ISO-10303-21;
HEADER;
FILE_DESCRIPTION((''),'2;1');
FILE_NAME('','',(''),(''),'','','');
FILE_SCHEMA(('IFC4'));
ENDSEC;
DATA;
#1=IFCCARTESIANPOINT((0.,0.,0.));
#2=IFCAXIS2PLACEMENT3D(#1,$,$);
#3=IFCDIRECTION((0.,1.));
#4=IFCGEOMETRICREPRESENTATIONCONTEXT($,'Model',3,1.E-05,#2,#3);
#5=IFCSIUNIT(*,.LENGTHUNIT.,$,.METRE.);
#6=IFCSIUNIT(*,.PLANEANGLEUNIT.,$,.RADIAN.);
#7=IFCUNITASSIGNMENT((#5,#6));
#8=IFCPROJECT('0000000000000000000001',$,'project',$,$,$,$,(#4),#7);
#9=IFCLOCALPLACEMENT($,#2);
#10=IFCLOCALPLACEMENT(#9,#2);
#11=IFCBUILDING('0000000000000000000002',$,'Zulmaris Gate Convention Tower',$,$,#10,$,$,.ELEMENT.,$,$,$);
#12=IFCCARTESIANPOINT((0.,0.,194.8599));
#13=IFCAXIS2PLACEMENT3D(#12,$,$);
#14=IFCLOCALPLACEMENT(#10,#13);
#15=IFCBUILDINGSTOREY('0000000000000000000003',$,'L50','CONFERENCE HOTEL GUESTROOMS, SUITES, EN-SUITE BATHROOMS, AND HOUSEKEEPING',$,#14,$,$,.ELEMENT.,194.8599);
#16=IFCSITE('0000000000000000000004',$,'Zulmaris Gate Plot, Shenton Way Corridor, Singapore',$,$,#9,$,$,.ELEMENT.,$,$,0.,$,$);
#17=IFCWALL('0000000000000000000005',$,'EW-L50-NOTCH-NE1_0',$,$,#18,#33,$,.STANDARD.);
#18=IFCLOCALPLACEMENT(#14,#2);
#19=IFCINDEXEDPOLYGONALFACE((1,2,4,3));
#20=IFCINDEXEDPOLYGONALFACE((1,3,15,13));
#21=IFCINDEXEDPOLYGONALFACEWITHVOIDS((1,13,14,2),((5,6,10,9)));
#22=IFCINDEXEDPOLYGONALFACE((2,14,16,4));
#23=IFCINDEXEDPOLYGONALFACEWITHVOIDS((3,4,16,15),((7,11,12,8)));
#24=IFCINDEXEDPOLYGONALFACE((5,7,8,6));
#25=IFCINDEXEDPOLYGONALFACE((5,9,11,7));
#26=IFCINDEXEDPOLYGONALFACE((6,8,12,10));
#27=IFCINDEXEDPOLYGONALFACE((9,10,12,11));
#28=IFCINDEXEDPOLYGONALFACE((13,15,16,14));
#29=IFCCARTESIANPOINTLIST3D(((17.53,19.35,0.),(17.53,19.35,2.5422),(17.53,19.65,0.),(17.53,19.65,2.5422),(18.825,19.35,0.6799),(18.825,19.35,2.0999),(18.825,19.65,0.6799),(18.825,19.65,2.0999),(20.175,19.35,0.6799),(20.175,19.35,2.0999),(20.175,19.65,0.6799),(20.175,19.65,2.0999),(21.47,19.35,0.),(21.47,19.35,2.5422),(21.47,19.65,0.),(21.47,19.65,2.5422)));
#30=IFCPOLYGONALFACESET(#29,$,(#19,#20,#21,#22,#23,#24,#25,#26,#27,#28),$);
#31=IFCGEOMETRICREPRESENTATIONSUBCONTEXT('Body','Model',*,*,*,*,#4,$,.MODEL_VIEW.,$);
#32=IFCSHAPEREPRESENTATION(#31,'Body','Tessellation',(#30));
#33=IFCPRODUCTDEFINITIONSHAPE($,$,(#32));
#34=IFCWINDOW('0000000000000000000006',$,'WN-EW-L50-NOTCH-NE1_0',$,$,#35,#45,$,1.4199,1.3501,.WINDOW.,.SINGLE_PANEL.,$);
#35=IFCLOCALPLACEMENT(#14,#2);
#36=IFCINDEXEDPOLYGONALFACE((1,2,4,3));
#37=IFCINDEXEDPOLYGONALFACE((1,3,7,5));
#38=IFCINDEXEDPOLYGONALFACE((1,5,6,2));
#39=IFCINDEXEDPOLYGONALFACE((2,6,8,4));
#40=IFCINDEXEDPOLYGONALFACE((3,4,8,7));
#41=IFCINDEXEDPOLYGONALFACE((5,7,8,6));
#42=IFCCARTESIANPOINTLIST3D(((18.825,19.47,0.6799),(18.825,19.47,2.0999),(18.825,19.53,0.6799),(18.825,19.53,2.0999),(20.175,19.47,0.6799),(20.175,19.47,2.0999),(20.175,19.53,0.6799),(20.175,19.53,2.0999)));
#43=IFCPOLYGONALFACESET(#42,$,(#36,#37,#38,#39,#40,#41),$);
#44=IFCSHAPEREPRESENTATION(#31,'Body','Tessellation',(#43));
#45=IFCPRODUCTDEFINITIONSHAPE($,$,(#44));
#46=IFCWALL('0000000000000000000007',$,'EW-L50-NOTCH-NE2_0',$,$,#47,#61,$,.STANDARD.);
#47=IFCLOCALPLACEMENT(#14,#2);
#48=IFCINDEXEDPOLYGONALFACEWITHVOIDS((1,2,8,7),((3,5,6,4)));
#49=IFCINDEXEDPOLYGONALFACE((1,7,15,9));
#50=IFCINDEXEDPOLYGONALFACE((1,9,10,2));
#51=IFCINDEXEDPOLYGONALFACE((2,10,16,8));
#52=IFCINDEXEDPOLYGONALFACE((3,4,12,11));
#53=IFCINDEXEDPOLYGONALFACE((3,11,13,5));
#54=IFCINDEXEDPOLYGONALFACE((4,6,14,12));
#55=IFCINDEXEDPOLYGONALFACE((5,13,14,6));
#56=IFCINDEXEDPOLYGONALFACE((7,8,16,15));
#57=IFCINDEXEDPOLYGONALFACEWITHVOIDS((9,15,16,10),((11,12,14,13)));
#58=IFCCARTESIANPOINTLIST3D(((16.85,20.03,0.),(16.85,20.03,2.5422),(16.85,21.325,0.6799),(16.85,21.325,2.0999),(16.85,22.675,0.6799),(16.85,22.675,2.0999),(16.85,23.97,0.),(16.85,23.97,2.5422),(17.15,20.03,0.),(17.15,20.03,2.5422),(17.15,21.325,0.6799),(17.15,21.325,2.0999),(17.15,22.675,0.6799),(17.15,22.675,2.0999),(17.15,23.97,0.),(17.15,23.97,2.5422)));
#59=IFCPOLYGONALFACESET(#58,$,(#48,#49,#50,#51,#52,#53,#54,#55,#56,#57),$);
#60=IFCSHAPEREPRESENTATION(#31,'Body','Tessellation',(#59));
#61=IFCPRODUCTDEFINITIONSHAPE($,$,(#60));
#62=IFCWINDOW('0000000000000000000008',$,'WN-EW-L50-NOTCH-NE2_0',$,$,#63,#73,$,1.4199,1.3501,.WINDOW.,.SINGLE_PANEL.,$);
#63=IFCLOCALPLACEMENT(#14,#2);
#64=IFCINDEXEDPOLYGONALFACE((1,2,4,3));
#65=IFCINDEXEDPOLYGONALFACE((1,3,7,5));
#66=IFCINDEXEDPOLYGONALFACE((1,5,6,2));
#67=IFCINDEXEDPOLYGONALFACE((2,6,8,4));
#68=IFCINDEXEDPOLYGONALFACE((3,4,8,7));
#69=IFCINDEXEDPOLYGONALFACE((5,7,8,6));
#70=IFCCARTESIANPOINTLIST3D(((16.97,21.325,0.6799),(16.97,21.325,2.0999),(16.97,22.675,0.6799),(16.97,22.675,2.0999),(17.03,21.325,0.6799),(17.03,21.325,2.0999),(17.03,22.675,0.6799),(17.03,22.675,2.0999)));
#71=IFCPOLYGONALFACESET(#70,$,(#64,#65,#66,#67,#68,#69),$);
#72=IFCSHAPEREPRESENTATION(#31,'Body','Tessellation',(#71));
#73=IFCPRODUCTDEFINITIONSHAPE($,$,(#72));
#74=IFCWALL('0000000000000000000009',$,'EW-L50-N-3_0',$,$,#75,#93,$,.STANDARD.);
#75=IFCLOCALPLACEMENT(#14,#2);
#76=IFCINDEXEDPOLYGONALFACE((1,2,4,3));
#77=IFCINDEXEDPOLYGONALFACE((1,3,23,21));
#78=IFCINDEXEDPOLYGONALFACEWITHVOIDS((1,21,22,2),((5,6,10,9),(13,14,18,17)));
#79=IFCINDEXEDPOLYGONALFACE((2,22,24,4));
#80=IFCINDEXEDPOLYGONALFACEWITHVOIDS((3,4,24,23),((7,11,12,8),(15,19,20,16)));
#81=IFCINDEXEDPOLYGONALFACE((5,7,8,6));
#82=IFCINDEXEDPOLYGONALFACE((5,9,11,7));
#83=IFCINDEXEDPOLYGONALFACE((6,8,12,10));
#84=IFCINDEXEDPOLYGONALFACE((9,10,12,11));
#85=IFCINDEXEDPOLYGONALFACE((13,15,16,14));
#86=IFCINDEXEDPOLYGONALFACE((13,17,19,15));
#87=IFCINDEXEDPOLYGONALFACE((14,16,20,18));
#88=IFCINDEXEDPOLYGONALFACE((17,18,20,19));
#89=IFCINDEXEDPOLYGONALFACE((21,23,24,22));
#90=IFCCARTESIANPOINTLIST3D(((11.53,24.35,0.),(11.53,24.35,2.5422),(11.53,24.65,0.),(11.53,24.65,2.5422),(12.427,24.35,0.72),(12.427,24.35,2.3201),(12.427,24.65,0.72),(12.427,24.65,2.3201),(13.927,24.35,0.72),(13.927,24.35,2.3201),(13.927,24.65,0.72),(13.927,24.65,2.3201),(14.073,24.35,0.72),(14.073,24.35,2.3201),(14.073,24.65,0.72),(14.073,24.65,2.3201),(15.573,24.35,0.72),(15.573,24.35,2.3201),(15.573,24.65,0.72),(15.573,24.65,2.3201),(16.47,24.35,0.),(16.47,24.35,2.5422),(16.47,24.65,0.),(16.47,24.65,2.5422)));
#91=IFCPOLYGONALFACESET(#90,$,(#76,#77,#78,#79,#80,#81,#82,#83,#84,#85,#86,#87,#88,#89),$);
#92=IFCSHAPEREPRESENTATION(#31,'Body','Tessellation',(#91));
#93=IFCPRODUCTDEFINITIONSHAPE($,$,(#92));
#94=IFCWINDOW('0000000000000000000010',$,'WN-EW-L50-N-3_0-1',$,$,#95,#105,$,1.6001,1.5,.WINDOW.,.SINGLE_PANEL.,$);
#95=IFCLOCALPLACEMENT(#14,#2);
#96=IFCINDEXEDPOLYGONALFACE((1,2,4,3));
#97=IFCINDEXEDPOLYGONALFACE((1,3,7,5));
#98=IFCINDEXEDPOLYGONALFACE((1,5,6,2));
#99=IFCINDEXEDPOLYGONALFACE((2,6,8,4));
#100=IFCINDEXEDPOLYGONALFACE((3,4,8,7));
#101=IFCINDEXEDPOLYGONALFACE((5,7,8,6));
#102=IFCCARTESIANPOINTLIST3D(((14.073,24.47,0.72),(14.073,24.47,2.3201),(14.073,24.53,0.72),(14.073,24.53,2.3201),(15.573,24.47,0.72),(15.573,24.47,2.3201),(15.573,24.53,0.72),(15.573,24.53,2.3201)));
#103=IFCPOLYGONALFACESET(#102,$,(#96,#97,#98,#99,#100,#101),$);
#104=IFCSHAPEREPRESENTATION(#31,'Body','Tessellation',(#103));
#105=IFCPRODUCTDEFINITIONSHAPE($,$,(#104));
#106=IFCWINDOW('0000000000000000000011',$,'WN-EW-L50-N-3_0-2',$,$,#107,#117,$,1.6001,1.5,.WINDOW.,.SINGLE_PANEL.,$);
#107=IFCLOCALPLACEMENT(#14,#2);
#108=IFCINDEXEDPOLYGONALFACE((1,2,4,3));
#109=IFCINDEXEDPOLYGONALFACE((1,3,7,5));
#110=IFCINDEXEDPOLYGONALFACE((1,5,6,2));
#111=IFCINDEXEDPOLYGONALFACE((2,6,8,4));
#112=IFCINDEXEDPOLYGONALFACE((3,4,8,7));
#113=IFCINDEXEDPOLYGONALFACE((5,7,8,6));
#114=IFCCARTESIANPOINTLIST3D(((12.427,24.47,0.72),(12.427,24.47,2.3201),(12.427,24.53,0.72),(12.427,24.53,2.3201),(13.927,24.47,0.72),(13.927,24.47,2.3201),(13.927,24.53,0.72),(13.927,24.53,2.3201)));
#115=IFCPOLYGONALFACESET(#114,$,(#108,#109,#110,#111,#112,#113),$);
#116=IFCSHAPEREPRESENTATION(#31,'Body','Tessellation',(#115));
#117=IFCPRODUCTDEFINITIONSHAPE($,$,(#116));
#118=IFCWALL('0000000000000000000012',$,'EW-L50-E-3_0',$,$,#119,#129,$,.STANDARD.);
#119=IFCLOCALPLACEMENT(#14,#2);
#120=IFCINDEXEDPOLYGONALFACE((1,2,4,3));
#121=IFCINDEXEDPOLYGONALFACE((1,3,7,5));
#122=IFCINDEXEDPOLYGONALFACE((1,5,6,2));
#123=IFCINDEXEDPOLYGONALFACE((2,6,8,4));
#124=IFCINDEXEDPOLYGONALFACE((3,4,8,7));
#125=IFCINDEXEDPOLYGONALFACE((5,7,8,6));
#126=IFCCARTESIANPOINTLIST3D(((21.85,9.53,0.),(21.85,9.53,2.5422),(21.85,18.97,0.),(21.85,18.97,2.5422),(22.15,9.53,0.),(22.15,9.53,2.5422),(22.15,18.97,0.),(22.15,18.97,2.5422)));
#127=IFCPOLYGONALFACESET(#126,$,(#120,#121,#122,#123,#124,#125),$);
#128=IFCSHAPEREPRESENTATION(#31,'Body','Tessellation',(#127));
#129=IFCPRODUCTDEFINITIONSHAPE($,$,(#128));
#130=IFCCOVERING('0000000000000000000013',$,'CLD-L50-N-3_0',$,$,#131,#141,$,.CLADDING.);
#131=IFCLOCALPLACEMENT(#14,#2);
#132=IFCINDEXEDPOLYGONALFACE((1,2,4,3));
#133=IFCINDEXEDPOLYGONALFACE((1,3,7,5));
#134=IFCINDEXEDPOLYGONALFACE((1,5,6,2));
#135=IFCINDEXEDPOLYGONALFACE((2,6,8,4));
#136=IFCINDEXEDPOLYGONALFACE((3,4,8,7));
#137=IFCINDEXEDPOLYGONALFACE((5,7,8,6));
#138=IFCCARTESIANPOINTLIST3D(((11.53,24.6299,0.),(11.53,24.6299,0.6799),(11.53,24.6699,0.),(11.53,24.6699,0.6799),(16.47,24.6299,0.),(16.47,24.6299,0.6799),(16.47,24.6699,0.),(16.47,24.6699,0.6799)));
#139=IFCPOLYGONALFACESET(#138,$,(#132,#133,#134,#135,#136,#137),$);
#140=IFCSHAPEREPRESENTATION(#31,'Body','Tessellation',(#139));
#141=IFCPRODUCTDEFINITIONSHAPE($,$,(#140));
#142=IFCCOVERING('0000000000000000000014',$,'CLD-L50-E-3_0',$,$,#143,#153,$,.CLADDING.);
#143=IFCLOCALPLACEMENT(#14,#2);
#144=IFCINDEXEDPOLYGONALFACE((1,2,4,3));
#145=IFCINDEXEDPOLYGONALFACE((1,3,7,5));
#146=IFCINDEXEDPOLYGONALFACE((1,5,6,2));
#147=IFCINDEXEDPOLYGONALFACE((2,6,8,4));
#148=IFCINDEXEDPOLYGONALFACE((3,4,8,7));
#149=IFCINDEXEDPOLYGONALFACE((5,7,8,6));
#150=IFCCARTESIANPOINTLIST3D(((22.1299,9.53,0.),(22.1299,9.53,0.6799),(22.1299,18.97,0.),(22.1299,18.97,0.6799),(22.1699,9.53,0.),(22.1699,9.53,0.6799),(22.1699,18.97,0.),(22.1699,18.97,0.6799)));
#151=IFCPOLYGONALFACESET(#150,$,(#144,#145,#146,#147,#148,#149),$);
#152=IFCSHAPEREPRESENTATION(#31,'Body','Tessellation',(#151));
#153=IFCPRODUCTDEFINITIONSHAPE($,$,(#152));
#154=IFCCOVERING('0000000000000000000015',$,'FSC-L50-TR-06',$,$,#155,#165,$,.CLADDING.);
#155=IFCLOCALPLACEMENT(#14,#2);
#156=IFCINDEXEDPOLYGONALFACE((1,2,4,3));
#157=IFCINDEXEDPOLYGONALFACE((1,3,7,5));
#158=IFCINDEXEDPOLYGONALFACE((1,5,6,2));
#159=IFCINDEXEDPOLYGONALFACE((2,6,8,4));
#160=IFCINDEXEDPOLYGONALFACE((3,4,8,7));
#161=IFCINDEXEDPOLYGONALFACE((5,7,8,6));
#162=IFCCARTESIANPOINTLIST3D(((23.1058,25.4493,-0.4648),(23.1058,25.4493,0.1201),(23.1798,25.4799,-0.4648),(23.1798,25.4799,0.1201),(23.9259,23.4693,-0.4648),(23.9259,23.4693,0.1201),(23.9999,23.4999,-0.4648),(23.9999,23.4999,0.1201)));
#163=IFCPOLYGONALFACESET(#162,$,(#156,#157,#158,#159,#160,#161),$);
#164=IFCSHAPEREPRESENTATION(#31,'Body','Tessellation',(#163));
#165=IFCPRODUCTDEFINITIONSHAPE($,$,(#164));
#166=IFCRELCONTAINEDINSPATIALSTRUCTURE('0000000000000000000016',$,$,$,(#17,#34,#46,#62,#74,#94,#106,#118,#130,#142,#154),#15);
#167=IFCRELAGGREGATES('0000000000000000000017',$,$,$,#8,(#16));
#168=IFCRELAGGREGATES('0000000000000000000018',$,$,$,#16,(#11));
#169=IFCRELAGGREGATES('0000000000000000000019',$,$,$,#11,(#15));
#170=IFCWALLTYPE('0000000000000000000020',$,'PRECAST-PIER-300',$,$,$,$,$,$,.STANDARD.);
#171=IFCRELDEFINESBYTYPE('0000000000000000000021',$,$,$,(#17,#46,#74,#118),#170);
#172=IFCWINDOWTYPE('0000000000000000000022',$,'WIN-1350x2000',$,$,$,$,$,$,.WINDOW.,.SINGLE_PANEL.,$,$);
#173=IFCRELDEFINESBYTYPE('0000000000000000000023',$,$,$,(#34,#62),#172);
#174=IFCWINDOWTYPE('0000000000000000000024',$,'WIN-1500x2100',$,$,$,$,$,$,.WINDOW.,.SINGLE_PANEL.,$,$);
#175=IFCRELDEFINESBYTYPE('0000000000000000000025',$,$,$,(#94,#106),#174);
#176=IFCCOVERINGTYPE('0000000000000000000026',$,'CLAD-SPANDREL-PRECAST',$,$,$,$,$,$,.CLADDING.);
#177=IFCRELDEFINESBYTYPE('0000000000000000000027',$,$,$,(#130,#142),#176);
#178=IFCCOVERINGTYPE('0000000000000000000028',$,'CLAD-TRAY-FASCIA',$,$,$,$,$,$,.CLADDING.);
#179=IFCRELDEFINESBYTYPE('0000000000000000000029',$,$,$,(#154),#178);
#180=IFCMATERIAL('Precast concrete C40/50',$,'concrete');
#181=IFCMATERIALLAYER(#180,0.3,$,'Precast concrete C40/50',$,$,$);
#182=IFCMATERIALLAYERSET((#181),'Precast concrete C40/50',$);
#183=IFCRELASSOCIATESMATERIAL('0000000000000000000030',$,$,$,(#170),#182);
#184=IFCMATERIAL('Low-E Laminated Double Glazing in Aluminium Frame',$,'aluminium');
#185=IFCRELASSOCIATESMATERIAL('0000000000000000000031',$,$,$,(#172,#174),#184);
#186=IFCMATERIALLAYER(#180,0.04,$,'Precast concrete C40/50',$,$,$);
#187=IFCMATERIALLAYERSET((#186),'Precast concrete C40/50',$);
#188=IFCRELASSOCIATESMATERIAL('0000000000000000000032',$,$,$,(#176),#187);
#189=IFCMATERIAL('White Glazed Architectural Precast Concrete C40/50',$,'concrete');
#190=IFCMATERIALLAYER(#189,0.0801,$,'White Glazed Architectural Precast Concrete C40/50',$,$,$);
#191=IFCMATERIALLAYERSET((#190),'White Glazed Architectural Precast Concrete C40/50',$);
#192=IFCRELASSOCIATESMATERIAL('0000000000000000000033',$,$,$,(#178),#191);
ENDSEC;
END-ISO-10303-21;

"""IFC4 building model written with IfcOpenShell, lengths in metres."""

from ifc_helpers import new_model, si_unit, direction, frame, frame_2d, origin, place, context, subcontext, project, spatial, rectangle, extrude, material, layer, layer_set, type_object, element, fill, save


model = new_model("IFC4")

# Units and contexts
model_context = context("Model", 3, precision=1e-05, world=origin(), true_north=direction((0.0, 1.0)))
body_context = subcontext(model_context, "Body", "Model", "MODEL_VIEW")
ifc_project = project(units=[si_unit("LENGTHUNIT", "METRE"), si_unit("PLANEANGLEUNIT", "RADIAN")], contexts=[model_context])

# Site, building, storey
site_placement = place(None, origin())
site = spatial("IfcSite", under=ifc_project, at=site_placement, Name="Zulmaris Gate Plot, Shenton Way Corridor, Singapore", CompositionType="ELEMENT", RefElevation=0.0)
building_placement = place(site_placement, origin())
building = spatial("IfcBuilding", under=site, at=building_placement, Name="Zulmaris Gate Convention Tower", CompositionType="ELEMENT")
storey_placement = place(building_placement, frame((0.0, 0.0, 194.8599)))
storey = spatial("IfcBuildingStorey", under=building, at=storey_placement, Name="L50", Description="CONFERENCE HOTEL GUESTROOMS, SUITES, EN-SUITE BATHROOMS, AND HOUSEKEEPING", CompositionType="ELEMENT", Elevation=194.8599)

# Walls, openings, windows
ifc_material_1 = material(Name="Precast concrete C40/50", Category="concrete")
ifc_layer_1 = layer(ifc_material_1, 0.3, Name="Precast concrete C40/50")
ifc_layer_set_1 = layer_set([ifc_layer_1], Name="Precast concrete C40/50")
wall_type_1 = type_object("IfcWallType", Name="PRECAST-PIER-300", PredefinedType="STANDARD", material=ifc_layer_set_1)
wall_1_placement = place(storey_placement, frame((21.47, 19.5, 0.0), z_axis=(0.0, 0.0, 1.0), x_axis=(-1.0, 0.0, 0.0)))
wall_1 = element("IfcWall", 1, at=wall_1_placement, inside=storey, type_object=wall_type_1, Name="EW-L50-NOTCH-NE1_0", PredefinedType="STANDARD", context=body_context, shape_type="SweptSolid", body=[
    extrude(rectangle(XDim=3.9399, YDim=0.3, at=frame_2d((1.97, 0.0))), origin(), (0.0, 0.0, 1.0), 2.5422),
])
opening_1_placement = place(wall_1_placement, frame((1.2949, 0.0, 0.6799)))
opening_1 = element("IfcOpeningElement", 2, at=opening_1_placement, cuts=wall_1, PredefinedType="OPENING", context=body_context, shape_type="SweptSolid", body=[
    extrude(rectangle(XDim=1.3501, YDim=1.4199, at=frame_2d((0.675, 0.71))), frame((0.0, 0.1602, 0.0), z_axis=(0.0, -1.0, 0.0), x_axis=(1.0, 0.0, 0.0)), (0.0, 0.0, 1.0), 0.3201),
])
ifc_material_2 = material(Name="Low-E Laminated Double Glazing in Aluminium Frame", Category="aluminium")
window_type_1 = type_object("IfcWindowType", Name="WIN-1350x2000", PartitioningType="SINGLE_PANEL", PredefinedType="WINDOW", material=ifc_material_2)
window_1_placement = place(opening_1_placement, origin())
window_1 = element("IfcWindow", 3, at=window_1_placement, inside=storey, type_object=window_type_1, Name="WN-EW-L50-NOTCH-NE1_0", OverallHeight=1.4199, OverallWidth=1.3501, PartitioningType="SINGLE_PANEL", PredefinedType="WINDOW", context=body_context, shape_type="SweptSolid", body=[
    extrude(rectangle(XDim=1.3501, YDim=1.4199, at=frame_2d((0.675, 0.71))), frame((0.0, 0.03, 0.0), z_axis=(0.0, -1.0, 0.0), x_axis=(1.0, 0.0, 0.0)), (0.0, 0.0, 1.0), 0.0601),
])
fill(opening_1, window_1)
wall_2_placement = place(storey_placement, frame((17.0, 20.03, 0.0), z_axis=(0.0, 0.0, 1.0), x_axis=(0.0, 1.0, 0.0)))
wall_2 = element("IfcWall", 4, at=wall_2_placement, inside=storey, type_object=wall_type_1, Name="EW-L50-NOTCH-NE2_0", PredefinedType="STANDARD", context=body_context, shape_type="SweptSolid", body=[
    extrude(rectangle(XDim=3.9399, YDim=0.3, at=frame_2d((1.97, 0.0))), origin(), (0.0, 0.0, 1.0), 2.5422),
])
opening_2_placement = place(wall_2_placement, frame((1.2949, 0.0, 0.6799)))
opening_2 = element("IfcOpeningElement", 5, at=opening_2_placement, cuts=wall_2, PredefinedType="OPENING", context=body_context, shape_type="SweptSolid", body=[
    extrude(rectangle(XDim=1.3501, YDim=1.4199, at=frame_2d((0.675, 0.71))), frame((0.0, 0.1602, 0.0), z_axis=(0.0, -1.0, 0.0), x_axis=(1.0, 0.0, 0.0)), (0.0, 0.0, 1.0), 0.3201),
])
window_2_placement = place(opening_2_placement, origin())
window_2 = element("IfcWindow", 6, at=window_2_placement, inside=storey, type_object=window_type_1, Name="WN-EW-L50-NOTCH-NE2_0", OverallHeight=1.4199, OverallWidth=1.3501, PartitioningType="SINGLE_PANEL", PredefinedType="WINDOW", context=body_context, shape_type="SweptSolid", body=[
    extrude(rectangle(XDim=1.3501, YDim=1.4199, at=frame_2d((0.675, 0.71))), frame((0.0, 0.03, 0.0), z_axis=(0.0, -1.0, 0.0), x_axis=(1.0, 0.0, 0.0)), (0.0, 0.0, 1.0), 0.0601),
])
fill(opening_2, window_2)

# Wall, openings, windows
wall_3_placement = place(storey_placement, frame((16.47, 24.5, 0.0), z_axis=(0.0, 0.0, 1.0), x_axis=(-1.0, 0.0, 0.0)))
wall_3 = element("IfcWall", 7, at=wall_3_placement, inside=storey, type_object=wall_type_1, Name="EW-L50-N-3_0", PredefinedType="STANDARD", context=body_context, shape_type="SweptSolid", body=[
    extrude(rectangle(XDim=4.9399, YDim=0.3, at=frame_2d((2.47, 0.0))), origin(), (0.0, 0.0, 1.0), 2.5422),
])
opening_3_placement = place(wall_3_placement, frame((0.897, 0.0, 0.72)))
opening_3 = element("IfcOpeningElement", 8, at=opening_3_placement, cuts=wall_3, PredefinedType="OPENING", context=body_context, shape_type="SweptSolid", body=[
    extrude(rectangle(XDim=1.5, YDim=1.6001, at=frame_2d((0.75, 0.8))), frame((0.0, 0.1602, 0.0), z_axis=(0.0, -1.0, 0.0), x_axis=(1.0, 0.0, 0.0)), (0.0, 0.0, 1.0), 0.3201),
])
opening_4_placement = place(wall_3_placement, frame((2.543, 0.0, 0.72)))
opening_4 = element("IfcOpeningElement", 9, at=opening_4_placement, cuts=wall_3, PredefinedType="OPENING", context=body_context, shape_type="SweptSolid", body=[
    extrude(rectangle(XDim=1.5, YDim=1.6001, at=frame_2d((0.75, 0.8))), frame((0.0, 0.1602, 0.0), z_axis=(0.0, -1.0, 0.0), x_axis=(1.0, 0.0, 0.0)), (0.0, 0.0, 1.0), 0.3201),
])
window_type_2 = type_object("IfcWindowType", Name="WIN-1500x2100", PartitioningType="SINGLE_PANEL", PredefinedType="WINDOW", material=ifc_material_2)
window_3_placement = place(opening_3_placement, origin())
window_3 = element("IfcWindow", 10, at=window_3_placement, inside=storey, type_object=window_type_2, Name="WN-EW-L50-N-3_0-1", OverallHeight=1.6001, OverallWidth=1.5, PartitioningType="SINGLE_PANEL", PredefinedType="WINDOW", context=body_context, shape_type="SweptSolid", body=[
    extrude(rectangle(XDim=1.5, YDim=1.6001, at=frame_2d((0.75, 0.8))), frame((0.0, 0.03, 0.0), z_axis=(0.0, -1.0, 0.0), x_axis=(1.0, 0.0, 0.0)), (0.0, 0.0, 1.0), 0.0601),
])
fill(opening_3, window_3)
window_4_placement = place(opening_4_placement, origin())
window_4 = element("IfcWindow", 11, at=window_4_placement, inside=storey, type_object=window_type_2, Name="WN-EW-L50-N-3_0-2", OverallHeight=1.6001, OverallWidth=1.5, PartitioningType="SINGLE_PANEL", PredefinedType="WINDOW", context=body_context, shape_type="SweptSolid", body=[
    extrude(rectangle(XDim=1.5, YDim=1.6001, at=frame_2d((0.75, 0.8))), frame((0.0, 0.03, 0.0), z_axis=(0.0, -1.0, 0.0), x_axis=(1.0, 0.0, 0.0)), (0.0, 0.0, 1.0), 0.0601),
])
fill(opening_4, window_4)

# Wall
wall_4_placement = place(storey_placement, frame((22.0, 9.53, 0.0), z_axis=(0.0, 0.0, 1.0), x_axis=(0.0, 1.0, 0.0)))
element("IfcWall", 12, at=wall_4_placement, inside=storey, type_object=wall_type_1, Name="EW-L50-E-3_0", PredefinedType="STANDARD", context=body_context, shape_type="SweptSolid", body=[
    extrude(rectangle(XDim=9.4399, YDim=0.3, at=frame_2d((4.72, 0.0))), origin(), (0.0, 0.0, 1.0), 2.5422),
])

# Coverings
ifc_layer_2 = layer(ifc_material_1, 0.04, Name="Precast concrete C40/50")
ifc_layer_set_2 = layer_set([ifc_layer_2], Name="Precast concrete C40/50")
covering_type_1 = type_object("IfcCoveringType", Name="CLAD-SPANDREL-PRECAST", PredefinedType="CLADDING", material=ifc_layer_set_2)
covering_1_placement = place(storey_placement, frame((16.47, 24.6499, 0.0), z_axis=(0.0, 0.0, 1.0), x_axis=(-1.0, 0.0, 0.0)))
element("IfcCovering", 13, at=covering_1_placement, inside=storey, type_object=covering_type_1, Name="CLD-L50-N-3_0", PredefinedType="CLADDING", context=body_context, shape_type="SweptSolid", body=[
    extrude(rectangle(XDim=4.9399, YDim=0.04, at=frame_2d((2.47, 0.0))), origin(), (0.0, 0.0, 1.0), 0.6799),
])
covering_2_placement = place(storey_placement, frame((22.1499, 9.53, 0.0), z_axis=(0.0, 0.0, 1.0), x_axis=(0.0, 1.0, 0.0)))
element("IfcCovering", 14, at=covering_2_placement, inside=storey, type_object=covering_type_1, Name="CLD-L50-E-3_0", PredefinedType="CLADDING", context=body_context, shape_type="SweptSolid", body=[
    extrude(rectangle(XDim=9.4399, YDim=0.04, at=frame_2d((4.72, 0.0))), origin(), (0.0, 0.0, 1.0), 0.6799),
])
ifc_material_3 = material(Name="White Glazed Architectural Precast Concrete C40/50", Category="concrete")
ifc_layer_3 = layer(ifc_material_3, 0.0801, Name="White Glazed Architectural Precast Concrete C40/50")
ifc_layer_set_3 = layer_set([ifc_layer_3], Name="White Glazed Architectural Precast Concrete C40/50")
covering_type_2 = type_object("IfcCoveringType", Name="CLAD-TRAY-FASCIA", PredefinedType="CLADDING", material=ifc_layer_set_3)
covering_3_placement = place(storey_placement, frame((23.9629, 23.4846, -0.4648), z_axis=(0.0, 0.0, 1.0), x_axis=(-0.382657, 0.92389, 0.0)))
element("IfcCovering", 15, at=covering_3_placement, inside=storey, type_object=covering_type_2, Name="FSC-L50-TR-06", PredefinedType="CLADDING", context=body_context, shape_type="SweptSolid", body=[
    extrude(rectangle(XDim=2.1431, YDim=0.0801, at=frame_2d((1.0715, 0.0))), origin(), (0.0, 0.0, 1.0), 0.585),
])

save(model, "model.ifc")
